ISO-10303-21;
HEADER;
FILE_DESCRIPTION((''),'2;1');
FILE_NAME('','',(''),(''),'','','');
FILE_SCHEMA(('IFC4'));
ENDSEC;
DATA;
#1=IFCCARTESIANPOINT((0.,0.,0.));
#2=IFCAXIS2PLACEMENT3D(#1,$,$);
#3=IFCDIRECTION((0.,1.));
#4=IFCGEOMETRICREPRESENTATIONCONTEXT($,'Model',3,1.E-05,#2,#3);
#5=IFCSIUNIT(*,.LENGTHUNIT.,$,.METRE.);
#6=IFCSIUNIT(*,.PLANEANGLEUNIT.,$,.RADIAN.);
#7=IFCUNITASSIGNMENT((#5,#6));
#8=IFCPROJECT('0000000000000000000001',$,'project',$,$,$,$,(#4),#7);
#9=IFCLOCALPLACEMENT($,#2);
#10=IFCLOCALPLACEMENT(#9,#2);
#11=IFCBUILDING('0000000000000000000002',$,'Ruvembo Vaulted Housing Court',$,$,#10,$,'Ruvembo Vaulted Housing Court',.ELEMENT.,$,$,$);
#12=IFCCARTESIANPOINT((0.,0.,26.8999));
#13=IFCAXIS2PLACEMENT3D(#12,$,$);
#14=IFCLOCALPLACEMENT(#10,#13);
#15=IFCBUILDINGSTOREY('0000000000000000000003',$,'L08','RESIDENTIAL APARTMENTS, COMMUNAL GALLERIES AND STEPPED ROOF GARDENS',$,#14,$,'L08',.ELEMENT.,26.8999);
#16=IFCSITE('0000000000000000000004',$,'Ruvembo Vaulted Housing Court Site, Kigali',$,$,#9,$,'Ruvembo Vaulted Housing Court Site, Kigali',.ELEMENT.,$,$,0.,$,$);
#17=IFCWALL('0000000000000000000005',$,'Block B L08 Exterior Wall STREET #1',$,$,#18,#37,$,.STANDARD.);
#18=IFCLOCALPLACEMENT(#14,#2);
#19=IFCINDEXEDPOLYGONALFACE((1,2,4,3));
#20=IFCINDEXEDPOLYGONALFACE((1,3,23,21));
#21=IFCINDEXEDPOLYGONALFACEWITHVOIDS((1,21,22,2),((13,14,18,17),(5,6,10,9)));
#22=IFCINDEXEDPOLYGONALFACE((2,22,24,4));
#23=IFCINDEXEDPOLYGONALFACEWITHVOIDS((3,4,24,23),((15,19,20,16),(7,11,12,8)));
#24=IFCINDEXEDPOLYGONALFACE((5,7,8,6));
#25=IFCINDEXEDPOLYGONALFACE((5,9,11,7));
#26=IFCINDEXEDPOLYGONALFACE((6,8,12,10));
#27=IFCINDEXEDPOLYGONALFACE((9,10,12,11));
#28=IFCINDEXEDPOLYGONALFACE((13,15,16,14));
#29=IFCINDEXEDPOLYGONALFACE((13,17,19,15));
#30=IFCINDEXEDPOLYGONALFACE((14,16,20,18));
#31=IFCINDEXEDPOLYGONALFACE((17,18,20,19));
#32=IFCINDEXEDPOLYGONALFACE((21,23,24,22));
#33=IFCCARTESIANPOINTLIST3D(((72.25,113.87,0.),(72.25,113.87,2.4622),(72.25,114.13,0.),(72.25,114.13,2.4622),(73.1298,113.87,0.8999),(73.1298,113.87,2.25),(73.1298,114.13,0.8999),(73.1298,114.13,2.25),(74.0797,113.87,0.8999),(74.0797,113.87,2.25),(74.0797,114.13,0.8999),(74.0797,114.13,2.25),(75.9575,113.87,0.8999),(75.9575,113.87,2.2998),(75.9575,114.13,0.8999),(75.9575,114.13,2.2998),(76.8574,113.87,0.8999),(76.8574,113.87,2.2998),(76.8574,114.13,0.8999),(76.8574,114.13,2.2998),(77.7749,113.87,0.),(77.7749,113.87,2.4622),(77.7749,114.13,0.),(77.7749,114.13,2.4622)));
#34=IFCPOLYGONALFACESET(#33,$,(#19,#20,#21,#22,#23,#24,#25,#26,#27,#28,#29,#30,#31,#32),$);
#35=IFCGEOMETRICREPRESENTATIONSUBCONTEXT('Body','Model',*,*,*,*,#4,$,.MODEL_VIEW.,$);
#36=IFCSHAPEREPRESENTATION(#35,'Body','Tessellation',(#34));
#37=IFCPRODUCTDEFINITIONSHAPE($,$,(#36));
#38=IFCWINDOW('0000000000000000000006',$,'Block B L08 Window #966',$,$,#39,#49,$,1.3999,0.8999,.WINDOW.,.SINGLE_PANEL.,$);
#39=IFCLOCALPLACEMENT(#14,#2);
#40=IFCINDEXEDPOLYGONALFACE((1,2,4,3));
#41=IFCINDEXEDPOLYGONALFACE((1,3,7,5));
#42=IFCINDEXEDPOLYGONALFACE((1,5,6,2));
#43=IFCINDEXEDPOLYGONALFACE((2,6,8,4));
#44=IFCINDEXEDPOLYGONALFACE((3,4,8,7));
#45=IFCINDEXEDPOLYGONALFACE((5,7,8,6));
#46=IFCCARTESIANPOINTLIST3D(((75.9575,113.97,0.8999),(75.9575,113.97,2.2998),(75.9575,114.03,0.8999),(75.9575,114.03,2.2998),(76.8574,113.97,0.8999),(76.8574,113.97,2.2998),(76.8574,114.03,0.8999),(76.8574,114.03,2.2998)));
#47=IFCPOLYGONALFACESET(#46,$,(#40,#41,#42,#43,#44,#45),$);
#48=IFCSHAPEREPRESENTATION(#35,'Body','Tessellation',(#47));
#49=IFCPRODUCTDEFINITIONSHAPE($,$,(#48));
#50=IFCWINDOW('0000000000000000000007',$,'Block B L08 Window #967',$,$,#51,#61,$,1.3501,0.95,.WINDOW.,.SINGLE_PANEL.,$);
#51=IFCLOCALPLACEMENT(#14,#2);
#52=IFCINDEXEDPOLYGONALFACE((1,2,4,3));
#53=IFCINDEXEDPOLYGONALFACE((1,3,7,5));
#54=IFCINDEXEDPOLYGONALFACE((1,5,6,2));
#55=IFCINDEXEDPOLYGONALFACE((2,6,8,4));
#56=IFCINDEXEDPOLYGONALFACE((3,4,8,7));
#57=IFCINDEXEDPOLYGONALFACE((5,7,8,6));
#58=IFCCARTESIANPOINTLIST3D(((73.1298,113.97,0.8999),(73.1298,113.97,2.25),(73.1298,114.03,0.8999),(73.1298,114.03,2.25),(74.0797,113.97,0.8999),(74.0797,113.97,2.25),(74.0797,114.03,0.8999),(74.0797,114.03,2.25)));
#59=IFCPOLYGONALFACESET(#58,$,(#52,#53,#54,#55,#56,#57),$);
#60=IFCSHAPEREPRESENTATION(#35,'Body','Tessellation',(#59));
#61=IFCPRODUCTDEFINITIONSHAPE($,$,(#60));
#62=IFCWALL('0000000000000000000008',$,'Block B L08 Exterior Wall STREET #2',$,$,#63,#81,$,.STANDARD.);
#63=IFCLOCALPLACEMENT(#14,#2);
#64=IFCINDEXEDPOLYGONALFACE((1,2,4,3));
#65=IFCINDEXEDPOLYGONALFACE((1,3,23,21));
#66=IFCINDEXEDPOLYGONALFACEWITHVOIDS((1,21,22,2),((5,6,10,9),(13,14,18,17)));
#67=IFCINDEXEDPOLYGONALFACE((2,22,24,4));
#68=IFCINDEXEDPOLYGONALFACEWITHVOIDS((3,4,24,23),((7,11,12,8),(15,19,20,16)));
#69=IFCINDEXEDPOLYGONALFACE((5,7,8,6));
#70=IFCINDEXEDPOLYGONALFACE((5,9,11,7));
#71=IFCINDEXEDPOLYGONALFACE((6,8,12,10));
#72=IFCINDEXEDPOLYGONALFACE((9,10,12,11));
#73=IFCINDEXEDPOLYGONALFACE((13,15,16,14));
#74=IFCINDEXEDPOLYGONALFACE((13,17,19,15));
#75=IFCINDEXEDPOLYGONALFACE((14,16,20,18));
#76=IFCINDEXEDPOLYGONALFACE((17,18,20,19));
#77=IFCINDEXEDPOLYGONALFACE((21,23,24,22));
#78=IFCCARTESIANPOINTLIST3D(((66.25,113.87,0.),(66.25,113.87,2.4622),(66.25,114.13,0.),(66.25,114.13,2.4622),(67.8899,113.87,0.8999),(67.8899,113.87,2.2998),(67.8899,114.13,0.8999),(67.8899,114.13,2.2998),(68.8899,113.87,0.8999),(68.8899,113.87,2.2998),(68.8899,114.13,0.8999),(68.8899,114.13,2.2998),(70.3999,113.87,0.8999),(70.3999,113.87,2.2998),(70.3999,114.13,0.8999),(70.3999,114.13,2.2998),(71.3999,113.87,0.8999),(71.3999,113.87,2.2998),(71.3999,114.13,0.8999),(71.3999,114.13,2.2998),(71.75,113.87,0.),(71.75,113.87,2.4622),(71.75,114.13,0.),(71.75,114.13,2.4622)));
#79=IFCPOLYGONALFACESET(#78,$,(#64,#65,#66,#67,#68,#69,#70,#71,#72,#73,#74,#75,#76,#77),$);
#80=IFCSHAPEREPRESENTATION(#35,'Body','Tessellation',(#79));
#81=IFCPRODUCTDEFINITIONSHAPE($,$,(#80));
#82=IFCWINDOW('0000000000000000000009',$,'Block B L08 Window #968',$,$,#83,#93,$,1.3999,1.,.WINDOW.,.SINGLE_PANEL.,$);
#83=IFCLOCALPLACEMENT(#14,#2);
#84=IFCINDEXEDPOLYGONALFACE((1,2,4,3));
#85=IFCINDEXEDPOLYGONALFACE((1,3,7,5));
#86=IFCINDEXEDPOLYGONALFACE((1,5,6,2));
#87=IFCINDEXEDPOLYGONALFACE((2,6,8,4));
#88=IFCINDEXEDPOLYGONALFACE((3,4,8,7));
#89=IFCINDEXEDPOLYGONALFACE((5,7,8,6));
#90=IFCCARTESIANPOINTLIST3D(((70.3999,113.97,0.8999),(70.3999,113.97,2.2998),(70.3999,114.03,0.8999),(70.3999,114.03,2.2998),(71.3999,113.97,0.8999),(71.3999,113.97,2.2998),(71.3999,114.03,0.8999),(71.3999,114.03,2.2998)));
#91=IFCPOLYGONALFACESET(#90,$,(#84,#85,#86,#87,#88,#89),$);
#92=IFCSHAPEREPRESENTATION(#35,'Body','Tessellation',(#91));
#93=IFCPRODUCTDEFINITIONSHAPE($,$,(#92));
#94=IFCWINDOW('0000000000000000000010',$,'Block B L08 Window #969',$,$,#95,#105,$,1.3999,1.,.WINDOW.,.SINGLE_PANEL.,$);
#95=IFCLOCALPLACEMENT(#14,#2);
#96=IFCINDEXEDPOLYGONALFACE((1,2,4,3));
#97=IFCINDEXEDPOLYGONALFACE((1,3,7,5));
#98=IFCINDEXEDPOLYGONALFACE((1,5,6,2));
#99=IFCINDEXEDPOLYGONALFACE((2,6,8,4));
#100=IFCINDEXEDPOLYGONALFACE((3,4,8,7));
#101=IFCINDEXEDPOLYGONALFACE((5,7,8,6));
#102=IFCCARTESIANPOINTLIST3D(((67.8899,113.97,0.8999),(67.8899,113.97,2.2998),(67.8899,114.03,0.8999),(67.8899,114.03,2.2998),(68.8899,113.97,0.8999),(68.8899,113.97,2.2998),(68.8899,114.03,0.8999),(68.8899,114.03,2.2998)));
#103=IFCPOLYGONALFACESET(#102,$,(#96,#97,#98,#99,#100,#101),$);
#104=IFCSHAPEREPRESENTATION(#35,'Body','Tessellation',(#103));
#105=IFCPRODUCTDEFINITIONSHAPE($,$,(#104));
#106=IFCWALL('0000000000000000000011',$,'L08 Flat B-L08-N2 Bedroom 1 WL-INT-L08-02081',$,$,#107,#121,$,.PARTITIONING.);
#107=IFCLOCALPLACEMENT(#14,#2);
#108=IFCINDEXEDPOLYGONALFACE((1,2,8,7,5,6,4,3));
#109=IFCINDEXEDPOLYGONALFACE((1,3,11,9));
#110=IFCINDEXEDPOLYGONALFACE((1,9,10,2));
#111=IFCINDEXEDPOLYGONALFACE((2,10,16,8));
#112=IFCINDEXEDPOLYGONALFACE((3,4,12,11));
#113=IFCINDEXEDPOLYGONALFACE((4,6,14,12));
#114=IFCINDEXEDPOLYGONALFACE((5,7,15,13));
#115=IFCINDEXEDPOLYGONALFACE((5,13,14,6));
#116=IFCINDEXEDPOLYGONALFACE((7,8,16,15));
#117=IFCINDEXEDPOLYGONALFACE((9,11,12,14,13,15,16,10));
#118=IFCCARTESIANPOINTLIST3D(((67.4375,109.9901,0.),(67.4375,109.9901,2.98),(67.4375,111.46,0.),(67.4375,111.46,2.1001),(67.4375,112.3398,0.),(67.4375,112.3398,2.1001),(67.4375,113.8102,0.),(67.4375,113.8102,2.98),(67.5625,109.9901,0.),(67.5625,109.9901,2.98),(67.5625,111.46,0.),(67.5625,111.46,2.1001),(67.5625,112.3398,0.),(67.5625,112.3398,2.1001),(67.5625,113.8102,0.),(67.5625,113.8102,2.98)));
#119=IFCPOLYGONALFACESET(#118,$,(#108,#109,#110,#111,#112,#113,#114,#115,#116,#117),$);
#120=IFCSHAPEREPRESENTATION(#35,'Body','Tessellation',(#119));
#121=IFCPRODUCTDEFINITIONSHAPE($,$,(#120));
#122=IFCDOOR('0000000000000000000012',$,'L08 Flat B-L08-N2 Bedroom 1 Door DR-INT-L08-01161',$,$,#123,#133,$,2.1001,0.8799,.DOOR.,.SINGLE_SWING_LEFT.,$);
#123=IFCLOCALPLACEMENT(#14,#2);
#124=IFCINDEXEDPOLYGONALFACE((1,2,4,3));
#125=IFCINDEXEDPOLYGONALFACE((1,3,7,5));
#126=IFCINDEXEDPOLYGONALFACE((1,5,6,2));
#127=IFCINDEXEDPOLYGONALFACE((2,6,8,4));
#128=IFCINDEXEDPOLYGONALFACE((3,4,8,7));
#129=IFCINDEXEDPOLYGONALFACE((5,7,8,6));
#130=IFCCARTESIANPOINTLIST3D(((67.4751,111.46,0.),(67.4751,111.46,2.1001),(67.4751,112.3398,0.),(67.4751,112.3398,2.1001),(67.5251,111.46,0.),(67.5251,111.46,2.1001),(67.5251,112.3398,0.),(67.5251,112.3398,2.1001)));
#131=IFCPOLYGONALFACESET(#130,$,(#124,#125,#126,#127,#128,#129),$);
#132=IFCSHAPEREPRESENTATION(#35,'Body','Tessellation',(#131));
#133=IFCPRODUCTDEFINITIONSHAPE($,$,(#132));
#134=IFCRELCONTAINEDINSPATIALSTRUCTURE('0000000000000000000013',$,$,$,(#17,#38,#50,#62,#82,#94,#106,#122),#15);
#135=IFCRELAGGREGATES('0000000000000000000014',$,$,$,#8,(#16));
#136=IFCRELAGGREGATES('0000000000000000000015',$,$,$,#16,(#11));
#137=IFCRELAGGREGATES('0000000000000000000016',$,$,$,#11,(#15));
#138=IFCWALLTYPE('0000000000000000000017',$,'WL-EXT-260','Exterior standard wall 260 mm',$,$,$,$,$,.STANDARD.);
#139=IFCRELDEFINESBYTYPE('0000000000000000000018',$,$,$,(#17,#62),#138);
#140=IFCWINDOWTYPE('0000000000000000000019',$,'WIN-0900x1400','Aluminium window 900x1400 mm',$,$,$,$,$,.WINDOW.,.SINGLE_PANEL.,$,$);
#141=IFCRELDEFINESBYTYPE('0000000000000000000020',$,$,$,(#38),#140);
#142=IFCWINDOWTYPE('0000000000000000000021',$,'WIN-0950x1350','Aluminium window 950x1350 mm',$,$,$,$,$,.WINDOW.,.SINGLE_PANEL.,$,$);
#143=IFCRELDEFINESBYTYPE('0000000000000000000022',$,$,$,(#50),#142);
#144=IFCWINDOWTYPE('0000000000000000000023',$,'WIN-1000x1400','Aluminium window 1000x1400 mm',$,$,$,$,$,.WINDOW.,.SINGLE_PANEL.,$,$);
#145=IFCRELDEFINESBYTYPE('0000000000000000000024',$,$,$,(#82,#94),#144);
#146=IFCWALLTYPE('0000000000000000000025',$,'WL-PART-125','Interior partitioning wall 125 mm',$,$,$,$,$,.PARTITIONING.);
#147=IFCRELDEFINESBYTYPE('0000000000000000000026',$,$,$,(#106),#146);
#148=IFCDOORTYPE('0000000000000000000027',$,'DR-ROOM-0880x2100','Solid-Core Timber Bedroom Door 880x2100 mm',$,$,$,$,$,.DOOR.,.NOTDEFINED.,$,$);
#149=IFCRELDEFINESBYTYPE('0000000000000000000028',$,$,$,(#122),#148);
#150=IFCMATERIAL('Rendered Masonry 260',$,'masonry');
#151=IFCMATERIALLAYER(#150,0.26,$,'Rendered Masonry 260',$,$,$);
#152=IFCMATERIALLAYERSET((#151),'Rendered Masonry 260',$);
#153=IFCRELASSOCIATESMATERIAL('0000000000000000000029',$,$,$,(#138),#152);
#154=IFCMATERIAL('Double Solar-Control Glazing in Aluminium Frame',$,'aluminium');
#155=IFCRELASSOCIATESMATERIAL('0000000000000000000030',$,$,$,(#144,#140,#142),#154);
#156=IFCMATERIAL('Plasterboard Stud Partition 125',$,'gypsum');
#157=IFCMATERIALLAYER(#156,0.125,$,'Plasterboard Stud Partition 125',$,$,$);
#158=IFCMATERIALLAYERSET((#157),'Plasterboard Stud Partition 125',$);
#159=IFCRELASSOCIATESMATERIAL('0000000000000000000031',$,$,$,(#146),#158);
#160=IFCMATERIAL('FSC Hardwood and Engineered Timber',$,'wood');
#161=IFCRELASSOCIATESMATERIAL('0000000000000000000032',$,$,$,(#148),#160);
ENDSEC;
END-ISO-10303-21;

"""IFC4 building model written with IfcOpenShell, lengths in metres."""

from ifc_helpers import new_model, si_unit, direction, frame, frame_2d, origin, place, context, subcontext, project, spatial, rectangle, extrude, material, layer, layer_set, type_object, element, fill, save


model = new_model("IFC4")

# Units and contexts
model_context = context("Model", 3, precision=1e-05, world=origin(), true_north=direction((0.0, 1.0)))
body_context = subcontext(model_context, "Body", "Model", "MODEL_VIEW")
ifc_project = project(units=[si_unit("LENGTHUNIT", "METRE"), si_unit("PLANEANGLEUNIT", "RADIAN")], contexts=[model_context])

# Site, building, storey
site_placement = place(None, origin())
site = spatial("IfcSite", under=ifc_project, at=site_placement, Name="Ruvembo Vaulted Housing Court Site, Kigali", LongName="Ruvembo Vaulted Housing Court Site, Kigali", CompositionType="ELEMENT", RefElevation=0.0)
building_placement = place(site_placement, origin())
building = spatial("IfcBuilding", under=site, at=building_placement, Name="Ruvembo Vaulted Housing Court", LongName="Ruvembo Vaulted Housing Court", CompositionType="ELEMENT")
storey_placement = place(building_placement, frame((0.0, 0.0, 26.8999)))
storey = spatial("IfcBuildingStorey", under=building, at=storey_placement, Name="L08", Description="RESIDENTIAL APARTMENTS, COMMUNAL GALLERIES AND STEPPED ROOF GARDENS", LongName="L08", CompositionType="ELEMENT", Elevation=26.8999)

# Walls, openings, windows
ifc_material_1 = material(Name="Rendered Masonry 260", Category="masonry")
ifc_layer_1 = layer(ifc_material_1, 0.26, Name="Rendered Masonry 260")
ifc_layer_set_1 = layer_set([ifc_layer_1], Name="Rendered Masonry 260")
wall_type_1 = type_object("IfcWallType", Name="WL-EXT-260", Description="Exterior standard wall 260 mm", PredefinedType="STANDARD", material=ifc_layer_set_1)
ifc_material_2 = material(Name="Double Solar-Control Glazing in Aluminium Frame", Category="aluminium")
window_type_1 = type_object("IfcWindowType", Name="WIN-1000x1400", Description="Aluminium window 1000x1400 mm", PartitioningType="SINGLE_PANEL", PredefinedType="WINDOW", material=ifc_material_2)
wall_1_placement = place(storey_placement, frame((77.7749, 114.0, 0.0), z_axis=(0.0, 0.0, 1.0), x_axis=(-1.0, 0.0, 0.0)))
wall_1 = element("IfcWall", 1, at=wall_1_placement, inside=storey, type_object=wall_type_1, Name="Block B L08 Exterior Wall STREET #1", PredefinedType="STANDARD", context=body_context, shape_type="SweptSolid", body=[
    extrude(rectangle(XDim=5.5249, YDim=0.26, at=frame_2d((2.7625, 0.0))), origin(), (0.0, 0.0, 1.0), 2.4622),
])
opening_1_placement = place(wall_1_placement, frame((0.9175, 0.0, 0.8999)))
opening_1 = element("IfcOpeningElement", 2, at=opening_1_placement, cuts=wall_1, PredefinedType="OPENING", context=body_context, shape_type="SweptSolid", body=[
    extrude(rectangle(XDim=0.8999, YDim=1.3999, at=frame_2d((0.45, 0.7))), frame((0.0, 0.1399, 0.0), z_axis=(0.0, -1.0, 0.0), x_axis=(1.0, 0.0, 0.0)), (0.0, 0.0, 1.0), 0.28),
])
opening_2_placement = place(wall_1_placement, frame((3.6951, 0.0, 0.8999)))
opening_2 = element("IfcOpeningElement", 3, at=opening_2_placement, cuts=wall_1, PredefinedType="OPENING", context=body_context, shape_type="SweptSolid", body=[
    extrude(rectangle(XDim=0.95, YDim=1.3501, at=frame_2d((0.4751, 0.675))), frame((0.0, 0.1399, 0.0), z_axis=(0.0, -1.0, 0.0), x_axis=(1.0, 0.0, 0.0)), (0.0, 0.0, 1.0), 0.28),
])
window_type_2 = type_object("IfcWindowType", Name="WIN-0900x1400", Description="Aluminium window 900x1400 mm", PartitioningType="SINGLE_PANEL", PredefinedType="WINDOW", material=ifc_material_2)
window_1_placement = place(opening_1_placement, origin())
window_1 = element("IfcWindow", 4, at=window_1_placement, inside=storey, type_object=window_type_2, Name="Block B L08 Window #966", OverallHeight=1.3999, OverallWidth=0.8999, PartitioningType="SINGLE_PANEL", PredefinedType="WINDOW", context=body_context, shape_type="SweptSolid", body=[
    extrude(rectangle(XDim=0.8999, YDim=1.3999, at=frame_2d((0.45, 0.7))), frame((0.0, 0.03, 0.0), z_axis=(0.0, -1.0, 0.0), x_axis=(1.0, 0.0, 0.0)), (0.0, 0.0, 1.0), 0.0601),
])
fill(opening_1, window_1)
window_type_3 = type_object("IfcWindowType", Name="WIN-0950x1350", Description="Aluminium window 950x1350 mm", PartitioningType="SINGLE_PANEL", PredefinedType="WINDOW", material=ifc_material_2)
window_2_placement = place(opening_2_placement, origin())
window_2 = element("IfcWindow", 5, at=window_2_placement, inside=storey, type_object=window_type_3, Name="Block B L08 Window #967", OverallHeight=1.3501, OverallWidth=0.95, PartitioningType="SINGLE_PANEL", PredefinedType="WINDOW", context=body_context, shape_type="SweptSolid", body=[
    extrude(rectangle(XDim=0.95, YDim=1.3501, at=frame_2d((0.4751, 0.675))), frame((0.0, 0.03, 0.0), z_axis=(0.0, -1.0, 0.0), x_axis=(1.0, 0.0, 0.0)), (0.0, 0.0, 1.0), 0.0601),
])
fill(opening_2, window_2)
wall_2_placement = place(storey_placement, frame((71.75, 114.0, 0.0), z_axis=(0.0, 0.0, 1.0), x_axis=(-1.0, 0.0, 0.0)))
wall_2 = element("IfcWall", 6, at=wall_2_placement, inside=storey, type_object=wall_type_1, Name="Block B L08 Exterior Wall STREET #2", PredefinedType="STANDARD", context=body_context, shape_type="SweptSolid", body=[
    extrude(rectangle(XDim=5.5, YDim=0.26, at=frame_2d((2.75, 0.0))), origin(), (0.0, 0.0, 1.0), 2.4622),
])
opening_3_placement = place(wall_2_placement, frame((0.3501, 0.0, 0.8999)))
opening_3 = element("IfcOpeningElement", 7, at=opening_3_placement, cuts=wall_2, PredefinedType="OPENING", context=body_context, shape_type="SweptSolid", body=[
    extrude(rectangle(XDim=1.0, YDim=1.3999, at=frame_2d((0.5, 0.7))), frame((0.0, 0.1399, 0.0), z_axis=(0.0, -1.0, 0.0), x_axis=(1.0, 0.0, 0.0)), (0.0, 0.0, 1.0), 0.28),
])
opening_4_placement = place(wall_2_placement, frame((2.8601, 0.0, 0.8999)))
opening_4 = element("IfcOpeningElement", 8, at=opening_4_placement, cuts=wall_2, PredefinedType="OPENING", context=body_context, shape_type="SweptSolid", body=[
    extrude(rectangle(XDim=1.0, YDim=1.3999, at=frame_2d((0.5, 0.7))), frame((0.0, 0.1399, 0.0), z_axis=(0.0, -1.0, 0.0), x_axis=(1.0, 0.0, 0.0)), (0.0, 0.0, 1.0), 0.28),
])
window_3_placement = place(opening_3_placement, origin())
window_3 = element("IfcWindow", 9, at=window_3_placement, inside=storey, type_object=window_type_1, Name="Block B L08 Window #968", OverallHeight=1.3999, OverallWidth=1.0, PartitioningType="SINGLE_PANEL", PredefinedType="WINDOW", context=body_context, shape_type="SweptSolid", body=[
    extrude(rectangle(XDim=1.0, YDim=1.3999, at=frame_2d((0.5, 0.7))), frame((0.0, 0.03, 0.0), z_axis=(0.0, -1.0, 0.0), x_axis=(1.0, 0.0, 0.0)), (0.0, 0.0, 1.0), 0.0601),
])
fill(opening_3, window_3)
window_4_placement = place(opening_4_placement, origin())
window_4 = element("IfcWindow", 10, at=window_4_placement, inside=storey, type_object=window_type_1, Name="Block B L08 Window #969", OverallHeight=1.3999, OverallWidth=1.0, PartitioningType="SINGLE_PANEL", PredefinedType="WINDOW", context=body_context, shape_type="SweptSolid", body=[
    extrude(rectangle(XDim=1.0, YDim=1.3999, at=frame_2d((0.5, 0.7))), frame((0.0, 0.03, 0.0), z_axis=(0.0, -1.0, 0.0), x_axis=(1.0, 0.0, 0.0)), (0.0, 0.0, 1.0), 0.0601),
])
fill(opening_4, window_4)

# Wall, opening, door
ifc_material_3 = material(Name="Plasterboard Stud Partition 125", Category="gypsum")
ifc_layer_2 = layer(ifc_material_3, 0.125, Name="Plasterboard Stud Partition 125")
ifc_layer_set_2 = layer_set([ifc_layer_2], Name="Plasterboard Stud Partition 125")
wall_type_2 = type_object("IfcWallType", Name="WL-PART-125", Description="Interior partitioning wall 125 mm", PredefinedType="PARTITIONING", material=ifc_layer_set_2)
wall_3_placement = place(storey_placement, frame((67.5, 109.99, 0.0), z_axis=(0.0, 0.0, 1.0), x_axis=(0.0, 1.0, 0.0)))
wall_3 = element("IfcWall", 11, at=wall_3_placement, inside=storey, type_object=wall_type_2, Name="L08 Flat B-L08-N2 Bedroom 1 WL-INT-L08-02081", PredefinedType="PARTITIONING", context=body_context, shape_type="SweptSolid", body=[
    extrude(rectangle(XDim=3.8201, YDim=0.125, at=frame_2d((1.9102, 0.0))), origin(), (0.0, 0.0, 1.0), 2.98),
])
opening_5_placement = place(wall_3_placement, frame((1.47, 0.0, 0.0)))
opening_5 = element("IfcOpeningElement", 12, at=opening_5_placement, cuts=wall_3, PredefinedType="OPENING", context=body_context, shape_type="SweptSolid", body=[
    extrude(rectangle(XDim=0.8799, YDim=2.1001, at=frame_2d((0.4399, 1.05))), frame((0.0, 0.0725, 0.0), z_axis=(0.0, -1.0, 0.0), x_axis=(1.0, 0.0, 0.0)), (0.0, 0.0, 1.0), 0.145),
])
ifc_material_4 = material(Name="FSC Hardwood and Engineered Timber", Category="wood")
door_type_1 = type_object("IfcDoorType", Name="DR-ROOM-0880x2100", Description="Solid-Core Timber Bedroom Door 880x2100 mm", OperationType="NOTDEFINED", PredefinedType="DOOR", material=ifc_material_4)
door_1_placement = place(opening_5_placement, origin())
door_1 = element("IfcDoor", 13, at=door_1_placement, inside=storey, type_object=door_type_1, Name="L08 Flat B-L08-N2 Bedroom 1 Door DR-INT-L08-01161", OperationType="SINGLE_SWING_LEFT", OverallHeight=2.1001, OverallWidth=0.8799, PredefinedType="DOOR", context=body_context, shape_type="SweptSolid", body=[
    extrude(rectangle(XDim=0.8799, YDim=2.1001, at=frame_2d((0.4399, 1.05))), frame((0.0, 0.0249, 0.0), z_axis=(0.0, -1.0, 0.0), x_axis=(1.0, 0.0, 0.0)), (0.0, 0.0, 1.0), 0.05),
])
fill(opening_5, door_1)

save(model, "model.ifc")
